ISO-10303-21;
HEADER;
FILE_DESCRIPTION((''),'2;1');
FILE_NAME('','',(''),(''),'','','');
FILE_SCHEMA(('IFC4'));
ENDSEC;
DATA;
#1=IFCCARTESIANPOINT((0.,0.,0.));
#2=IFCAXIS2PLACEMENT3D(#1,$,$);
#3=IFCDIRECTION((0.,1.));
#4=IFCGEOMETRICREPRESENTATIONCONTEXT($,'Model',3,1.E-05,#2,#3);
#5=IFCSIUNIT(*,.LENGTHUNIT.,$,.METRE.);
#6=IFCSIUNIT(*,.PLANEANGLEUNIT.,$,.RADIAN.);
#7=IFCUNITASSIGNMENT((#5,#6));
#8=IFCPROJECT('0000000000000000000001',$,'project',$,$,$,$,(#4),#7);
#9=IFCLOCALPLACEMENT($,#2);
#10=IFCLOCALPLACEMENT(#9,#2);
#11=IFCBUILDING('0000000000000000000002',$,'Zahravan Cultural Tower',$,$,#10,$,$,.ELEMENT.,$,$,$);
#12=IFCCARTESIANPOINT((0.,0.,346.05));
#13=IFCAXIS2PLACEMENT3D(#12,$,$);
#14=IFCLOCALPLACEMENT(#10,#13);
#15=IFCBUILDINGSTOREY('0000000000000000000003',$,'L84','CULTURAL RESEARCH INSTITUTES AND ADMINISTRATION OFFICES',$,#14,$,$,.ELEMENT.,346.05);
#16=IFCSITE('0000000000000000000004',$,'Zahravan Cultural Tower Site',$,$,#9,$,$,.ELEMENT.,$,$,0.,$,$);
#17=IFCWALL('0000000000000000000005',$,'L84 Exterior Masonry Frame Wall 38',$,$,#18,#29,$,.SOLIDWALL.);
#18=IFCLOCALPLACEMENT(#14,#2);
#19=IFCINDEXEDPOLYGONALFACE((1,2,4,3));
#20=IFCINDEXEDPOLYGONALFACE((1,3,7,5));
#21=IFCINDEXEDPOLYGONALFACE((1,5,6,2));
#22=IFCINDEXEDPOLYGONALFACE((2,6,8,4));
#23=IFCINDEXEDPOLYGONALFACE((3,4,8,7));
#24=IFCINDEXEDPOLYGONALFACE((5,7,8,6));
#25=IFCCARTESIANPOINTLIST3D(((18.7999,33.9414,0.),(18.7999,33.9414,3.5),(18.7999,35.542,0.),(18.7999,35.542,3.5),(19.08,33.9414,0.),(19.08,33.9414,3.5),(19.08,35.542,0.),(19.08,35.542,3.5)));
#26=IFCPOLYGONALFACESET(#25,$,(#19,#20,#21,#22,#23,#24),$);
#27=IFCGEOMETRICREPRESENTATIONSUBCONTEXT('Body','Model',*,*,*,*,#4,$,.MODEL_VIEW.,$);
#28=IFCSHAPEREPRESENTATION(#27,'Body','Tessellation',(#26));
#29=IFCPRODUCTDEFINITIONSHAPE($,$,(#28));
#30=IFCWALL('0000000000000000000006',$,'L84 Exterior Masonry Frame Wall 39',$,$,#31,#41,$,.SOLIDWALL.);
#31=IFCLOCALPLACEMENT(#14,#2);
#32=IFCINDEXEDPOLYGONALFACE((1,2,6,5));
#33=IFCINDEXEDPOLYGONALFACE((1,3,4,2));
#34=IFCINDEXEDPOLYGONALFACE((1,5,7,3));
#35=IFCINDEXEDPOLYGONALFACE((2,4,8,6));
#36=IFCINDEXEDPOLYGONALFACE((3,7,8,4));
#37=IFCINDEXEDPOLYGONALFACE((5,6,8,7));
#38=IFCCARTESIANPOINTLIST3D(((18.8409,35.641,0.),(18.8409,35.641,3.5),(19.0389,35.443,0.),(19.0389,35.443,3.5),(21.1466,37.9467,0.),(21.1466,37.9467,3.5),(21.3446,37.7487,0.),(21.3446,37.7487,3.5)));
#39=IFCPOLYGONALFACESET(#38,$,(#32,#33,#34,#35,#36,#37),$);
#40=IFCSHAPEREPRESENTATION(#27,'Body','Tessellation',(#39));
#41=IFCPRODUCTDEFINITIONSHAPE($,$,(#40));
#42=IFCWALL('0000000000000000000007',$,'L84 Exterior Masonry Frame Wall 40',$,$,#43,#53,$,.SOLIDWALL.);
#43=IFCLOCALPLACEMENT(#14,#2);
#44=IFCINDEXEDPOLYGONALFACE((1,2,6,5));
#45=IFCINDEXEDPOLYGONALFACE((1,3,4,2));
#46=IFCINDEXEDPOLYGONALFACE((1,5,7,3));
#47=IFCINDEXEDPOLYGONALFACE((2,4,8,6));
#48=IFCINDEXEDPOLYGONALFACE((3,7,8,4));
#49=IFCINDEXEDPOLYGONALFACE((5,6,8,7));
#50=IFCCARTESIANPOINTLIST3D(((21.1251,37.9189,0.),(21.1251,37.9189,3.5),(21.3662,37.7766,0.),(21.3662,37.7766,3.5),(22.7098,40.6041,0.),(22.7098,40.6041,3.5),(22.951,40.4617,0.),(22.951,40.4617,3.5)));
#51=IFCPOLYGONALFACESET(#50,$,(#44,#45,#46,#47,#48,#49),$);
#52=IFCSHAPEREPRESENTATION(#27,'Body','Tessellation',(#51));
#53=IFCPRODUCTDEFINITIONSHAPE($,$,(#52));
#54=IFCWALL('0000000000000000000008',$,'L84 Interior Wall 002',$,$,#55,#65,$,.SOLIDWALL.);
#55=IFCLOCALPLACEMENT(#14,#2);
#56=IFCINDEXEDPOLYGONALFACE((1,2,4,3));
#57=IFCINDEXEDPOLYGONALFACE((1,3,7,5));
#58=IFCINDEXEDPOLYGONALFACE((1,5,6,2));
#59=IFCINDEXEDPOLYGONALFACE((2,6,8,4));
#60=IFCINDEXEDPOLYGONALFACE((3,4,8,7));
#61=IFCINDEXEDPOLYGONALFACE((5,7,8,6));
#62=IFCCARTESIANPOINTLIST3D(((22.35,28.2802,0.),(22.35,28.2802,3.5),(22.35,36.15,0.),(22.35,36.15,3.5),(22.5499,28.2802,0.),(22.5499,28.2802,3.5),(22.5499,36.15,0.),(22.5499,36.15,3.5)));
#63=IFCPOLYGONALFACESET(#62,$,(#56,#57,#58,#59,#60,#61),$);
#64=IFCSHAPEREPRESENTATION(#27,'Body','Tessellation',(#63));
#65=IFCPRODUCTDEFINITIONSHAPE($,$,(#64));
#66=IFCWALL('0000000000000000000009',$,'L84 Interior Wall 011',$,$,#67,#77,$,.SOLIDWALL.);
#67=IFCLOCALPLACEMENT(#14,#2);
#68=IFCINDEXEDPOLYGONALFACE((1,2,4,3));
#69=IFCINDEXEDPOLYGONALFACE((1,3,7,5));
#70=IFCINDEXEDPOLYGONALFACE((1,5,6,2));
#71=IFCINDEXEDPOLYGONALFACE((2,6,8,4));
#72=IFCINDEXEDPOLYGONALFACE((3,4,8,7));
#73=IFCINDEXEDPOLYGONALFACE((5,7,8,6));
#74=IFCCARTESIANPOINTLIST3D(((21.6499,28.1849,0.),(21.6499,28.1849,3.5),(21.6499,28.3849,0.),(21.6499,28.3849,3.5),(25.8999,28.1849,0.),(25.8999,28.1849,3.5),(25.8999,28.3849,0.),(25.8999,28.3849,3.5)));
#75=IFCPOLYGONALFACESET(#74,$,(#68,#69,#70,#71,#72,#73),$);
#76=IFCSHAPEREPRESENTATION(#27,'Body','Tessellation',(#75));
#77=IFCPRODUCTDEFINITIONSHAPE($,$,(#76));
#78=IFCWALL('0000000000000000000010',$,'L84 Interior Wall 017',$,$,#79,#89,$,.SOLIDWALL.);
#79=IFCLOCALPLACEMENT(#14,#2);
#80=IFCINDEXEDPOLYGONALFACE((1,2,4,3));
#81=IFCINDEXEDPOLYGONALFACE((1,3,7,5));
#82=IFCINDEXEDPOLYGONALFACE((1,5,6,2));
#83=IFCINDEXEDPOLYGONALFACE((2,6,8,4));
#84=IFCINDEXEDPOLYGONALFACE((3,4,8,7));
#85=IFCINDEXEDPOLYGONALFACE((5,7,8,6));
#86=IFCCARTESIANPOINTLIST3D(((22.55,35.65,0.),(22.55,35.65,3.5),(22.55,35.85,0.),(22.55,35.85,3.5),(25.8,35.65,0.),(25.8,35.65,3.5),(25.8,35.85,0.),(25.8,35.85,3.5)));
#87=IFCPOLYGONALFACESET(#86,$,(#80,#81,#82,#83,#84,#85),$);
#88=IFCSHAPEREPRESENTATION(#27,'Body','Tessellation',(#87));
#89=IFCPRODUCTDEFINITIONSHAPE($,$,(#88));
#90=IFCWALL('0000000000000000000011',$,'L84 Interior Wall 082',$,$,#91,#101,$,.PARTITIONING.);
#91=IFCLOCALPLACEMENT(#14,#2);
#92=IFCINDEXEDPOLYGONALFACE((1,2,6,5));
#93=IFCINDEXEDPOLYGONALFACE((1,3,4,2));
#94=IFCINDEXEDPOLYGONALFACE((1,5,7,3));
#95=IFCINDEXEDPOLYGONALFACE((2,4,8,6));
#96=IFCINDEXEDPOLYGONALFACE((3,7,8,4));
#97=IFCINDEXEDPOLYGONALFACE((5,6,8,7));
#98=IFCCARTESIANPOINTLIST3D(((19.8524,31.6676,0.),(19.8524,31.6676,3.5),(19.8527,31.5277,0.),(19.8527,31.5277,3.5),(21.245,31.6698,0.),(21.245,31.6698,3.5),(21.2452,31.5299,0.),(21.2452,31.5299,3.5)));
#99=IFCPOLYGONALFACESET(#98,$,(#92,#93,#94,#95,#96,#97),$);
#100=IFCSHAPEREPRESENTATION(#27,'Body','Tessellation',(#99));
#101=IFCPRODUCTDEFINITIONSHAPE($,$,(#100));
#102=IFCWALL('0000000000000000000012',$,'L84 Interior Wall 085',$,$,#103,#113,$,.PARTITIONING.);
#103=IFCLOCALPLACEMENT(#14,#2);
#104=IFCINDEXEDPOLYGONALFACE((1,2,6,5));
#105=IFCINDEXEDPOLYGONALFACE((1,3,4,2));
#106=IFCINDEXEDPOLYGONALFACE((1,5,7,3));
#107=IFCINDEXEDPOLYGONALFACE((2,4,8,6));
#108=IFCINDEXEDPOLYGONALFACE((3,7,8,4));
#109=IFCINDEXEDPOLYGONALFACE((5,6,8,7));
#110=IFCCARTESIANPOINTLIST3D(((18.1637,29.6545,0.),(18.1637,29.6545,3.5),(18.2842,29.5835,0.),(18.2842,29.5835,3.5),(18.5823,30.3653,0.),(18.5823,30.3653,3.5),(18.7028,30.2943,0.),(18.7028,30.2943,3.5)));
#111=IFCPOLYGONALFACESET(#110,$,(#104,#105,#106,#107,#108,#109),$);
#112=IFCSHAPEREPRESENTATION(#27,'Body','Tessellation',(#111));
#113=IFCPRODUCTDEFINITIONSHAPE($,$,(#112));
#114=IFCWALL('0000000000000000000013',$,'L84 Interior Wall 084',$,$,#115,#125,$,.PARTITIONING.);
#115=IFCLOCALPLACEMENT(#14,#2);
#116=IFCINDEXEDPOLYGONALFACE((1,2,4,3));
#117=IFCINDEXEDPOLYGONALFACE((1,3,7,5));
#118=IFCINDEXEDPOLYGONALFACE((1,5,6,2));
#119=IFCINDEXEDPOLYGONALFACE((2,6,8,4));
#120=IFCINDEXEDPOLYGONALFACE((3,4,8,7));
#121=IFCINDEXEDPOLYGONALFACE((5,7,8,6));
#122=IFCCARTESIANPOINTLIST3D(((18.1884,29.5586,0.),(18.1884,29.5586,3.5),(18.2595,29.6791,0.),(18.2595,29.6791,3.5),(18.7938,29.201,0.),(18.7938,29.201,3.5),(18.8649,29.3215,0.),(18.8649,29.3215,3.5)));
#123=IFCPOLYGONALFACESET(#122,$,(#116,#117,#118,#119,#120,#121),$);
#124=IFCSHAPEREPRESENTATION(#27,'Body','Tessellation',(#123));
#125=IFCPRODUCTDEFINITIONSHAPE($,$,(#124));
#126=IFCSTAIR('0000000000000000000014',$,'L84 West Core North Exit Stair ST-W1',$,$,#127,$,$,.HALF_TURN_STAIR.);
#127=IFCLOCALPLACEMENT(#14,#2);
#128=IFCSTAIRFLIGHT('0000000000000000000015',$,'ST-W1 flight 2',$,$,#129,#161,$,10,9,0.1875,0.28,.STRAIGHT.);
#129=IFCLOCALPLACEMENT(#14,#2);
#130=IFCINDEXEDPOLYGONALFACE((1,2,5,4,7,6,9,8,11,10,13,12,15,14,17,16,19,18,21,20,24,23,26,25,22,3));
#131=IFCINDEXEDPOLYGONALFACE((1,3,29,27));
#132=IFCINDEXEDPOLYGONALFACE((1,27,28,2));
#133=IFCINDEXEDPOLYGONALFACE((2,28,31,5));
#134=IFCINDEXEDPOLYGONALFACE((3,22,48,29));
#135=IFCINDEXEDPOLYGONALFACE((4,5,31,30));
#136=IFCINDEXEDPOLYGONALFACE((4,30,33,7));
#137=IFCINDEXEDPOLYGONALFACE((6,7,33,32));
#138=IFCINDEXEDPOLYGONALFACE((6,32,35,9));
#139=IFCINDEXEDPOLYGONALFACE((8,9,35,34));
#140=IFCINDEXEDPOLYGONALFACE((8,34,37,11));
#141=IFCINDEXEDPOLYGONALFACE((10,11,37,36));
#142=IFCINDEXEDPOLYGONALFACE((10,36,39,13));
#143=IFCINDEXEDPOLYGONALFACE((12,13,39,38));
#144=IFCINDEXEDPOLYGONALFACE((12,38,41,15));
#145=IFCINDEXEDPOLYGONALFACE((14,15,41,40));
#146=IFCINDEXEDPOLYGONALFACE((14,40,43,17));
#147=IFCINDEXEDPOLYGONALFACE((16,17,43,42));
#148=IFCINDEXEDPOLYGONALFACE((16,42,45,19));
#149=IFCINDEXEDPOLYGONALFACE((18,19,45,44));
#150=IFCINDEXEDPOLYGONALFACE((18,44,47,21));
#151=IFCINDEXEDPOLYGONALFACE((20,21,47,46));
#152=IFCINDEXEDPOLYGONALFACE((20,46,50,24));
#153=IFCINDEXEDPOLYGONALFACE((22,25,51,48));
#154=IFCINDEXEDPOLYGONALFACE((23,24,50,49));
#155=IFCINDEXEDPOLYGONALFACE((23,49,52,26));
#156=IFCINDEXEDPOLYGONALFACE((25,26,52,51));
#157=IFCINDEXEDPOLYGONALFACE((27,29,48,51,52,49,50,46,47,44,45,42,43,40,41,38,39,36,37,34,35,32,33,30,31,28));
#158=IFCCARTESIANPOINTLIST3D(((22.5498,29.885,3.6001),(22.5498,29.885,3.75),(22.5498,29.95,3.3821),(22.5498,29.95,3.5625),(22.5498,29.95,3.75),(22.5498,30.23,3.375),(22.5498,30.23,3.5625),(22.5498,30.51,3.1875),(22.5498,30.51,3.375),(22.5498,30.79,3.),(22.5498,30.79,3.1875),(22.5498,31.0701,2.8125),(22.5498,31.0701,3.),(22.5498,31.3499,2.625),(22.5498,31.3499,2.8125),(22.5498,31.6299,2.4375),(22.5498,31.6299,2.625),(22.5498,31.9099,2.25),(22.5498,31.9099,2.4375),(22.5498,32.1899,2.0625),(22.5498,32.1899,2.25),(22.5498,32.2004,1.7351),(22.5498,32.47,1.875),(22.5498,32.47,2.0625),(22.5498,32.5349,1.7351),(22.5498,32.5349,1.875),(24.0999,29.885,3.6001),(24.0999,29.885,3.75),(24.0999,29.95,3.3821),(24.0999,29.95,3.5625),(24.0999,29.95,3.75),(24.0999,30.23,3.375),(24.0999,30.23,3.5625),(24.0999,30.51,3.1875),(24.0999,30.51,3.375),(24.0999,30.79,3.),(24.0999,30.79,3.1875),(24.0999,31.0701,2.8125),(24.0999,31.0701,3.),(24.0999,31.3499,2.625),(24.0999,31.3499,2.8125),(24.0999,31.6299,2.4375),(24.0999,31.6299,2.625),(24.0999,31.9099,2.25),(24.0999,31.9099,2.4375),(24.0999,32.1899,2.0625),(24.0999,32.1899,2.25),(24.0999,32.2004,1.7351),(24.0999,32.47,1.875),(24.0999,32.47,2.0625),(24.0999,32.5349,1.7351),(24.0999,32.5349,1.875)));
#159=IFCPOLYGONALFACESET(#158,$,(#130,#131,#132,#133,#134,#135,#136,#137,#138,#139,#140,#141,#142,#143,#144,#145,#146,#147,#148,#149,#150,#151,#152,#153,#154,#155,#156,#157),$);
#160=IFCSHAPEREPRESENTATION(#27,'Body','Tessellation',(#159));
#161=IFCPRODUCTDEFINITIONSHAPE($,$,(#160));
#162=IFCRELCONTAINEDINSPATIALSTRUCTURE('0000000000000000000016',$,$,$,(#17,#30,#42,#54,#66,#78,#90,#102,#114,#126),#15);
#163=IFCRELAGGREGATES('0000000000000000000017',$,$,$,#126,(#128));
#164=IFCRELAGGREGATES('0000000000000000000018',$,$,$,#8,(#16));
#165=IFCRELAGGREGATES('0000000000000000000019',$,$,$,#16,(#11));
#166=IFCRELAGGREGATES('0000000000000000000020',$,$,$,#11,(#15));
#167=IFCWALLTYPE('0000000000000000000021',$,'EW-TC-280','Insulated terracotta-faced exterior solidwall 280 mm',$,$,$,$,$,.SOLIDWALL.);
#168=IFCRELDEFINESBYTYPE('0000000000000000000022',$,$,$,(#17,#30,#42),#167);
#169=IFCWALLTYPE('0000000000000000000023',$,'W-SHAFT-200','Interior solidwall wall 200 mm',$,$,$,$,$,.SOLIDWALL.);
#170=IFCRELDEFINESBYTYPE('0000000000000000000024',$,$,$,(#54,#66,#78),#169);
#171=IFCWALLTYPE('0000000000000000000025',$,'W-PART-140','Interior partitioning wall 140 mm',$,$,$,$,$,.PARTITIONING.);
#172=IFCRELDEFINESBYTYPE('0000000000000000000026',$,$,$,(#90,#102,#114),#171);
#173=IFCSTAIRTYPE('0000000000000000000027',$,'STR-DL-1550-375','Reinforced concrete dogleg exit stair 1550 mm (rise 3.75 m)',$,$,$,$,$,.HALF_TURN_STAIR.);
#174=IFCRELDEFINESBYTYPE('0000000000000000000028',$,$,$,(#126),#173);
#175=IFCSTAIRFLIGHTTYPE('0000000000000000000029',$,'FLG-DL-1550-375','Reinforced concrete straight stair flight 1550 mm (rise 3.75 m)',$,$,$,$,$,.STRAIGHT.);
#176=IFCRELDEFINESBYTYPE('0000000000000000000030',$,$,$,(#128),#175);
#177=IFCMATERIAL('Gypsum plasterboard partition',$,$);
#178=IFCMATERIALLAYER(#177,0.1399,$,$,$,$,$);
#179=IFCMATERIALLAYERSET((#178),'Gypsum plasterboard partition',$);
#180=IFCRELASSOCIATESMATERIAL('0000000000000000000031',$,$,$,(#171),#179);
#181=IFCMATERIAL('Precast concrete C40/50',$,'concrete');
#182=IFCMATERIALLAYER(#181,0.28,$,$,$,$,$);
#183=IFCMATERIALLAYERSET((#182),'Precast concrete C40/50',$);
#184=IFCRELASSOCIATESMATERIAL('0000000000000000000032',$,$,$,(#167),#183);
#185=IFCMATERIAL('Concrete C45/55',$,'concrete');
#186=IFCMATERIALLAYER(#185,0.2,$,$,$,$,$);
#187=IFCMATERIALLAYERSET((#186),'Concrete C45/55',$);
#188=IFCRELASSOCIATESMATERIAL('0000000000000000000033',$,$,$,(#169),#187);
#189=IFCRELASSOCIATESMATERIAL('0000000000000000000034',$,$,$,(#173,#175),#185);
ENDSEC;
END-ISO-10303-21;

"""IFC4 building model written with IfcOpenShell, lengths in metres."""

from ifc_helpers import new_model, si_unit, direction, frame, frame_2d, origin, place, context, subcontext, project, spatial, polyline, rectangle, outline, extrude, source, transform, mapped, material, layer, layer_set, type_object, element, aggregate, save


model = new_model("IFC4")

# Units and contexts
model_context = context("Model", 3, precision=1e-05, world=origin(), true_north=direction((0.0, 1.0)))
body_context = subcontext(model_context, "Body", "Model", "MODEL_VIEW")
ifc_project = project(units=[si_unit("LENGTHUNIT", "METRE"), si_unit("PLANEANGLEUNIT", "RADIAN")], contexts=[model_context])

# Site, building, storey
site_placement = place(None, origin())
site = spatial("IfcSite", under=ifc_project, at=site_placement, Name="Zahravan Cultural Tower Site", CompositionType="ELEMENT", RefElevation=0.0)
building_placement = place(site_placement, origin())
building = spatial("IfcBuilding", under=site, at=building_placement, Name="Zahravan Cultural Tower", CompositionType="ELEMENT")
storey_placement = place(building_placement, frame((0.0, 0.0, 346.05)))
storey = spatial("IfcBuildingStorey", under=building, at=storey_placement, Name="L84", Description="CULTURAL RESEARCH INSTITUTES AND ADMINISTRATION OFFICES", CompositionType="ELEMENT", Elevation=346.05)

# Shared definitions
ifc_material_1 = material(Name="Gypsum plasterboard partition")
ifc_layer_1 = layer(ifc_material_1, 0.1399)
ifc_layer_set_1 = layer_set([ifc_layer_1], Name="Gypsum plasterboard partition")
wall_type_1 = type_object("IfcWallType", Name="W-PART-140", Description="Interior partitioning wall 140 mm", PredefinedType="PARTITIONING", material=ifc_layer_set_1)

# Walls
ifc_material_2 = material(Name="Precast concrete C40/50", Category="concrete")
ifc_layer_2 = layer(ifc_material_2, 0.28)
ifc_layer_set_2 = layer_set([ifc_layer_2], Name="Precast concrete C40/50")
wall_type_2 = type_object("IfcWallType", Name="EW-TC-280", Description="Insulated terracotta-faced exterior solidwall 280 mm", PredefinedType="SOLIDWALL", material=ifc_layer_set_2)
shared_shape_1 = source(origin(), body_context, "Body", "SweptSolid", [
    extrude(rectangle(XDim=1.6006, YDim=0.28, at=frame_2d((0.8003, 0.0))), origin(), (0.0, 0.0, 1.0), 3.5),
])
wall_1_placement = place(storey_placement, frame((18.9399, 33.9414, 0.0), z_axis=(0.0, 0.0, 1.0), x_axis=(0.0, 1.0, 0.0)))
element("IfcWall", 1, at=wall_1_placement, inside=storey, type_object=wall_type_2, Name="L84 Exterior Masonry Frame Wall 38", PredefinedType="SOLIDWALL", context=body_context, shape_type="MappedRepresentation", body=[
    mapped(shared_shape_1, transform((0.0, 0.0, 0.0), x_axis=(1.0, 0.0, 0.0), y_axis=(0.0, 1.0, 0.0), z_axis=(0.0, 0.0, 1.0), scale=1.0)),
])
shared_shape_2 = source(origin(), body_context, "Body", "SweptSolid", [
    extrude(rectangle(XDim=3.2607, YDim=0.28, at=frame_2d((1.6304, 0.0))), origin(), (0.0, 0.0, 1.0), 3.5),
])
wall_2_placement = place(storey_placement, frame((18.9399, 35.542, 0.0), z_axis=(0.0, 0.0, 1.0), x_axis=(0.707107, 0.707107, 0.0)))
element("IfcWall", 2, at=wall_2_placement, inside=storey, type_object=wall_type_2, Name="L84 Exterior Masonry Frame Wall 39", PredefinedType="SOLIDWALL", context=body_context, shape_type="MappedRepresentation", body=[
    mapped(shared_shape_2, transform((0.0, 0.0, 0.0), x_axis=(1.0, 0.0, 0.0), y_axis=(0.0, 1.0, 0.0), z_axis=(0.0, 0.0, 1.0), scale=1.0)),
])
shared_shape_3 = source(origin(), body_context, "Body", "SweptSolid", [
    extrude(rectangle(XDim=3.1179, YDim=0.28, at=frame_2d((1.5591, 0.0))), origin(), (0.0, 0.0, 1.0), 3.5),
])
wall_3_placement = place(storey_placement, frame((21.2456, 37.8477, 0.0), z_axis=(0.0, 0.0, 1.0), x_axis=(0.508275, 0.861195, 0.0)))
element("IfcWall", 3, at=wall_3_placement, inside=storey, type_object=wall_type_2, Name="L84 Exterior Masonry Frame Wall 40", PredefinedType="SOLIDWALL", context=body_context, shape_type="MappedRepresentation", body=[
    mapped(shared_shape_3, transform((0.0, 0.0, 0.0), x_axis=(1.0, 0.0, 0.0), y_axis=(0.0, 1.0, 0.0), z_axis=(0.0, 0.0, 1.0), scale=1.0)),
])
ifc_material_3 = material(Name="Concrete C45/55", Category="concrete")
ifc_layer_3 = layer(ifc_material_3, 0.2)
ifc_layer_set_3 = layer_set([ifc_layer_3], Name="Concrete C45/55")
wall_type_3 = type_object("IfcWallType", Name="W-SHAFT-200", Description="Interior solidwall wall 200 mm", PredefinedType="SOLIDWALL", material=ifc_layer_set_3)
shared_shape_4 = source(origin(), body_context, "Body", "SweptSolid", [
    extrude(rectangle(XDim=7.8699, YDim=0.2, at=frame_2d((3.9351, 0.0))), origin(), (0.0, 0.0, 1.0), 3.5),
])
wall_4_placement = place(storey_placement, frame((22.45, 28.28, 0.0), z_axis=(0.0, 0.0, 1.0), x_axis=(0.0, 1.0, 0.0)))
element("IfcWall", 4, at=wall_4_placement, inside=storey, type_object=wall_type_3, Name="L84 Interior Wall 002", PredefinedType="SOLIDWALL", context=body_context, shape_type="MappedRepresentation", body=[
    mapped(shared_shape_4, transform((0.0, 0.0, 0.0), x_axis=(1.0, 0.0, 0.0), y_axis=(0.0, 1.0, 0.0), z_axis=(0.0, 0.0, 1.0), scale=1.0)),
])
shared_shape_5 = source(origin(), body_context, "Body", "SweptSolid", [
    extrude(rectangle(XDim=4.25, YDim=0.2, at=frame_2d((2.125, 0.0))), origin(), (0.0, 0.0, 1.0), 3.5),
])
wall_5_placement = place(storey_placement, frame((21.6499, 28.2849, 0.0), z_axis=(0.0, 0.0, 1.0), x_axis=(1.0, 0.0, 0.0)))
element("IfcWall", 5, at=wall_5_placement, inside=storey, type_object=wall_type_3, Name="L84 Interior Wall 011", PredefinedType="SOLIDWALL", context=body_context, shape_type="MappedRepresentation", body=[
    mapped(shared_shape_5, transform((0.0, 0.0, 0.0), x_axis=(1.0, 0.0, 0.0), y_axis=(0.0, 1.0, 0.0), z_axis=(0.0, 0.0, 1.0), scale=1.0)),
])
shared_shape_6 = source(origin(), body_context, "Body", "SweptSolid", [
    extrude(rectangle(XDim=3.25, YDim=0.2, at=frame_2d((1.625, 0.0))), origin(), (0.0, 0.0, 1.0), 3.5),
])
wall_6_placement = place(storey_placement, frame((22.55, 35.75, 0.0), z_axis=(0.0, 0.0, 1.0), x_axis=(1.0, 0.0, 0.0)))
element("IfcWall", 6, at=wall_6_placement, inside=storey, type_object=wall_type_3, Name="L84 Interior Wall 017", PredefinedType="SOLIDWALL", context=body_context, shape_type="MappedRepresentation", body=[
    mapped(shared_shape_6, transform((0.0, 0.0, 0.0), x_axis=(1.0, 0.0, 0.0), y_axis=(0.0, 1.0, 0.0), z_axis=(0.0, 0.0, 1.0), scale=1.0)),
])
shared_shape_7 = source(origin(), body_context, "Body", "SweptSolid", [
    extrude(rectangle(XDim=1.3926, YDim=0.1399, at=frame_2d((0.6963, 0.0))), origin(), (0.0, 0.0, 1.0), 3.5),
])
wall_7_placement = place(storey_placement, frame((21.2451, 31.5999, 0.0), z_axis=(0.0, 0.0, 1.0), x_axis=(-0.999999, -0.001578, 0.0)))
element("IfcWall", 7, at=wall_7_placement, inside=storey, type_object=wall_type_1, Name="L84 Interior Wall 082", PredefinedType="PARTITIONING", context=body_context, shape_type="MappedRepresentation", body=[
    mapped(shared_shape_7, transform((0.0, 0.0, 0.0), x_axis=(1.0, 0.0, 0.0), y_axis=(0.0, 1.0, 0.0), z_axis=(0.0, 0.0, 1.0), scale=1.0)),
])
shared_shape_8 = source(origin(), body_context, "Body", "SweptSolid", [
    extrude(rectangle(XDim=0.825, YDim=0.1399, at=frame_2d((0.4126, 0.0))), origin(), (0.0, 0.0, 1.0), 3.5),
])
wall_8_placement = place(storey_placement, frame((18.2239, 29.6189, 0.0), z_axis=(0.0, 0.0, 1.0), x_axis=(0.507473, 0.861668, 0.0)))
element("IfcWall", 8, at=wall_8_placement, inside=storey, type_object=wall_type_1, Name="L84 Interior Wall 085", PredefinedType="PARTITIONING", context=body_context, shape_type="MappedRepresentation", body=[
    mapped(shared_shape_8, transform((0.0, 0.0, 0.0), x_axis=(1.0, 0.0, 0.0), y_axis=(0.0, 1.0, 0.0), z_axis=(0.0, 0.0, 1.0), scale=1.0)),
])
shared_shape_9 = source(origin(), body_context, "Body", "SweptSolid", [
    extrude(rectangle(XDim=0.7031, YDim=0.1399, at=frame_2d((0.3516, 0.0))), origin(), (0.0, 0.0, 1.0), 3.5),
])
wall_9_placement = place(storey_placement, frame((18.8293, 29.2612, 0.0), z_axis=(0.0, 0.0, 1.0), x_axis=(-0.860996, 0.508612, 0.0)))
element("IfcWall", 9, at=wall_9_placement, inside=storey, type_object=wall_type_1, Name="L84 Interior Wall 084", PredefinedType="PARTITIONING", context=body_context, shape_type="MappedRepresentation", body=[
    mapped(shared_shape_9, transform((0.0, 0.0, 0.0), x_axis=(1.0, 0.0, 0.0), y_axis=(0.0, 1.0, 0.0), z_axis=(0.0, 0.0, 1.0), scale=1.0)),
])

# Stair, stair flight
stair_type = type_object("IfcStairType", Name="STR-DL-1550-375", Description="Reinforced concrete dogleg exit stair 1550 mm (rise 3.75 m)", PredefinedType="HALF_TURN_STAIR", material=ifc_material_3)
stair_placement = place(storey_placement, origin())
stair = element("IfcStair", 10, at=stair_placement, inside=storey, type_object=stair_type, Name="L84 West Core North Exit Stair ST-W1", PredefinedType="HALF_TURN_STAIR")
stair_flight_type = type_object("IfcStairFlightType", Name="FLG-DL-1550-375", Description="Reinforced concrete straight stair flight 1550 mm (rise 3.75 m)", PredefinedType="STRAIGHT", material=ifc_material_3)
stair_flight_placement = place(storey_placement, frame((23.325, 32.47, 1.875), z_axis=(0.0, 0.0, 1.0), x_axis=(0.0, -1.0, 0.0)))
stair_flight = element("IfcStairFlight", 11, at=stair_flight_placement, type_object=stair_flight_type, Name="ST-W1 flight 2", NumberOfRisers=10, NumberOfTreads=9, PredefinedType="STRAIGHT", RiserHeight=0.1875, TreadLength=0.28, context=body_context, shape_type="SweptSolid", body=[
    extrude(outline(polyline([(-0.0649, -0.1399), (-0.0649, 0.0), (0.0, 0.0), (0.0, 0.1875), (0.28, 0.1875), (0.28, 0.375), (0.5601, 0.375), (0.5601, 0.5625), (0.8401, 0.5625), (0.8401, 0.75), (1.1201, 0.75), (1.1201, 0.9375), (1.3999, 0.9375), (1.3999, 1.125), (1.6799, 1.125), (1.6799, 1.3125), (1.96, 1.3125), (1.96, 1.5), (2.24, 1.5), (2.24, 1.6875), (2.52, 1.6875), (2.52, 1.875), (2.585, 1.875), (2.585, 1.7251), (2.52, 1.5071), (0.2695, -0.1399), (-0.0649, -0.1399)])), frame((0.0, 0.7749, 0.0), z_axis=(0.0, -1.0, 0.0), x_axis=(1.0, 0.0, 0.0)), (0.0, 0.0, 1.0), 1.55),
])
aggregate(stair, [stair_flight])

save(model, "model.ifc")
